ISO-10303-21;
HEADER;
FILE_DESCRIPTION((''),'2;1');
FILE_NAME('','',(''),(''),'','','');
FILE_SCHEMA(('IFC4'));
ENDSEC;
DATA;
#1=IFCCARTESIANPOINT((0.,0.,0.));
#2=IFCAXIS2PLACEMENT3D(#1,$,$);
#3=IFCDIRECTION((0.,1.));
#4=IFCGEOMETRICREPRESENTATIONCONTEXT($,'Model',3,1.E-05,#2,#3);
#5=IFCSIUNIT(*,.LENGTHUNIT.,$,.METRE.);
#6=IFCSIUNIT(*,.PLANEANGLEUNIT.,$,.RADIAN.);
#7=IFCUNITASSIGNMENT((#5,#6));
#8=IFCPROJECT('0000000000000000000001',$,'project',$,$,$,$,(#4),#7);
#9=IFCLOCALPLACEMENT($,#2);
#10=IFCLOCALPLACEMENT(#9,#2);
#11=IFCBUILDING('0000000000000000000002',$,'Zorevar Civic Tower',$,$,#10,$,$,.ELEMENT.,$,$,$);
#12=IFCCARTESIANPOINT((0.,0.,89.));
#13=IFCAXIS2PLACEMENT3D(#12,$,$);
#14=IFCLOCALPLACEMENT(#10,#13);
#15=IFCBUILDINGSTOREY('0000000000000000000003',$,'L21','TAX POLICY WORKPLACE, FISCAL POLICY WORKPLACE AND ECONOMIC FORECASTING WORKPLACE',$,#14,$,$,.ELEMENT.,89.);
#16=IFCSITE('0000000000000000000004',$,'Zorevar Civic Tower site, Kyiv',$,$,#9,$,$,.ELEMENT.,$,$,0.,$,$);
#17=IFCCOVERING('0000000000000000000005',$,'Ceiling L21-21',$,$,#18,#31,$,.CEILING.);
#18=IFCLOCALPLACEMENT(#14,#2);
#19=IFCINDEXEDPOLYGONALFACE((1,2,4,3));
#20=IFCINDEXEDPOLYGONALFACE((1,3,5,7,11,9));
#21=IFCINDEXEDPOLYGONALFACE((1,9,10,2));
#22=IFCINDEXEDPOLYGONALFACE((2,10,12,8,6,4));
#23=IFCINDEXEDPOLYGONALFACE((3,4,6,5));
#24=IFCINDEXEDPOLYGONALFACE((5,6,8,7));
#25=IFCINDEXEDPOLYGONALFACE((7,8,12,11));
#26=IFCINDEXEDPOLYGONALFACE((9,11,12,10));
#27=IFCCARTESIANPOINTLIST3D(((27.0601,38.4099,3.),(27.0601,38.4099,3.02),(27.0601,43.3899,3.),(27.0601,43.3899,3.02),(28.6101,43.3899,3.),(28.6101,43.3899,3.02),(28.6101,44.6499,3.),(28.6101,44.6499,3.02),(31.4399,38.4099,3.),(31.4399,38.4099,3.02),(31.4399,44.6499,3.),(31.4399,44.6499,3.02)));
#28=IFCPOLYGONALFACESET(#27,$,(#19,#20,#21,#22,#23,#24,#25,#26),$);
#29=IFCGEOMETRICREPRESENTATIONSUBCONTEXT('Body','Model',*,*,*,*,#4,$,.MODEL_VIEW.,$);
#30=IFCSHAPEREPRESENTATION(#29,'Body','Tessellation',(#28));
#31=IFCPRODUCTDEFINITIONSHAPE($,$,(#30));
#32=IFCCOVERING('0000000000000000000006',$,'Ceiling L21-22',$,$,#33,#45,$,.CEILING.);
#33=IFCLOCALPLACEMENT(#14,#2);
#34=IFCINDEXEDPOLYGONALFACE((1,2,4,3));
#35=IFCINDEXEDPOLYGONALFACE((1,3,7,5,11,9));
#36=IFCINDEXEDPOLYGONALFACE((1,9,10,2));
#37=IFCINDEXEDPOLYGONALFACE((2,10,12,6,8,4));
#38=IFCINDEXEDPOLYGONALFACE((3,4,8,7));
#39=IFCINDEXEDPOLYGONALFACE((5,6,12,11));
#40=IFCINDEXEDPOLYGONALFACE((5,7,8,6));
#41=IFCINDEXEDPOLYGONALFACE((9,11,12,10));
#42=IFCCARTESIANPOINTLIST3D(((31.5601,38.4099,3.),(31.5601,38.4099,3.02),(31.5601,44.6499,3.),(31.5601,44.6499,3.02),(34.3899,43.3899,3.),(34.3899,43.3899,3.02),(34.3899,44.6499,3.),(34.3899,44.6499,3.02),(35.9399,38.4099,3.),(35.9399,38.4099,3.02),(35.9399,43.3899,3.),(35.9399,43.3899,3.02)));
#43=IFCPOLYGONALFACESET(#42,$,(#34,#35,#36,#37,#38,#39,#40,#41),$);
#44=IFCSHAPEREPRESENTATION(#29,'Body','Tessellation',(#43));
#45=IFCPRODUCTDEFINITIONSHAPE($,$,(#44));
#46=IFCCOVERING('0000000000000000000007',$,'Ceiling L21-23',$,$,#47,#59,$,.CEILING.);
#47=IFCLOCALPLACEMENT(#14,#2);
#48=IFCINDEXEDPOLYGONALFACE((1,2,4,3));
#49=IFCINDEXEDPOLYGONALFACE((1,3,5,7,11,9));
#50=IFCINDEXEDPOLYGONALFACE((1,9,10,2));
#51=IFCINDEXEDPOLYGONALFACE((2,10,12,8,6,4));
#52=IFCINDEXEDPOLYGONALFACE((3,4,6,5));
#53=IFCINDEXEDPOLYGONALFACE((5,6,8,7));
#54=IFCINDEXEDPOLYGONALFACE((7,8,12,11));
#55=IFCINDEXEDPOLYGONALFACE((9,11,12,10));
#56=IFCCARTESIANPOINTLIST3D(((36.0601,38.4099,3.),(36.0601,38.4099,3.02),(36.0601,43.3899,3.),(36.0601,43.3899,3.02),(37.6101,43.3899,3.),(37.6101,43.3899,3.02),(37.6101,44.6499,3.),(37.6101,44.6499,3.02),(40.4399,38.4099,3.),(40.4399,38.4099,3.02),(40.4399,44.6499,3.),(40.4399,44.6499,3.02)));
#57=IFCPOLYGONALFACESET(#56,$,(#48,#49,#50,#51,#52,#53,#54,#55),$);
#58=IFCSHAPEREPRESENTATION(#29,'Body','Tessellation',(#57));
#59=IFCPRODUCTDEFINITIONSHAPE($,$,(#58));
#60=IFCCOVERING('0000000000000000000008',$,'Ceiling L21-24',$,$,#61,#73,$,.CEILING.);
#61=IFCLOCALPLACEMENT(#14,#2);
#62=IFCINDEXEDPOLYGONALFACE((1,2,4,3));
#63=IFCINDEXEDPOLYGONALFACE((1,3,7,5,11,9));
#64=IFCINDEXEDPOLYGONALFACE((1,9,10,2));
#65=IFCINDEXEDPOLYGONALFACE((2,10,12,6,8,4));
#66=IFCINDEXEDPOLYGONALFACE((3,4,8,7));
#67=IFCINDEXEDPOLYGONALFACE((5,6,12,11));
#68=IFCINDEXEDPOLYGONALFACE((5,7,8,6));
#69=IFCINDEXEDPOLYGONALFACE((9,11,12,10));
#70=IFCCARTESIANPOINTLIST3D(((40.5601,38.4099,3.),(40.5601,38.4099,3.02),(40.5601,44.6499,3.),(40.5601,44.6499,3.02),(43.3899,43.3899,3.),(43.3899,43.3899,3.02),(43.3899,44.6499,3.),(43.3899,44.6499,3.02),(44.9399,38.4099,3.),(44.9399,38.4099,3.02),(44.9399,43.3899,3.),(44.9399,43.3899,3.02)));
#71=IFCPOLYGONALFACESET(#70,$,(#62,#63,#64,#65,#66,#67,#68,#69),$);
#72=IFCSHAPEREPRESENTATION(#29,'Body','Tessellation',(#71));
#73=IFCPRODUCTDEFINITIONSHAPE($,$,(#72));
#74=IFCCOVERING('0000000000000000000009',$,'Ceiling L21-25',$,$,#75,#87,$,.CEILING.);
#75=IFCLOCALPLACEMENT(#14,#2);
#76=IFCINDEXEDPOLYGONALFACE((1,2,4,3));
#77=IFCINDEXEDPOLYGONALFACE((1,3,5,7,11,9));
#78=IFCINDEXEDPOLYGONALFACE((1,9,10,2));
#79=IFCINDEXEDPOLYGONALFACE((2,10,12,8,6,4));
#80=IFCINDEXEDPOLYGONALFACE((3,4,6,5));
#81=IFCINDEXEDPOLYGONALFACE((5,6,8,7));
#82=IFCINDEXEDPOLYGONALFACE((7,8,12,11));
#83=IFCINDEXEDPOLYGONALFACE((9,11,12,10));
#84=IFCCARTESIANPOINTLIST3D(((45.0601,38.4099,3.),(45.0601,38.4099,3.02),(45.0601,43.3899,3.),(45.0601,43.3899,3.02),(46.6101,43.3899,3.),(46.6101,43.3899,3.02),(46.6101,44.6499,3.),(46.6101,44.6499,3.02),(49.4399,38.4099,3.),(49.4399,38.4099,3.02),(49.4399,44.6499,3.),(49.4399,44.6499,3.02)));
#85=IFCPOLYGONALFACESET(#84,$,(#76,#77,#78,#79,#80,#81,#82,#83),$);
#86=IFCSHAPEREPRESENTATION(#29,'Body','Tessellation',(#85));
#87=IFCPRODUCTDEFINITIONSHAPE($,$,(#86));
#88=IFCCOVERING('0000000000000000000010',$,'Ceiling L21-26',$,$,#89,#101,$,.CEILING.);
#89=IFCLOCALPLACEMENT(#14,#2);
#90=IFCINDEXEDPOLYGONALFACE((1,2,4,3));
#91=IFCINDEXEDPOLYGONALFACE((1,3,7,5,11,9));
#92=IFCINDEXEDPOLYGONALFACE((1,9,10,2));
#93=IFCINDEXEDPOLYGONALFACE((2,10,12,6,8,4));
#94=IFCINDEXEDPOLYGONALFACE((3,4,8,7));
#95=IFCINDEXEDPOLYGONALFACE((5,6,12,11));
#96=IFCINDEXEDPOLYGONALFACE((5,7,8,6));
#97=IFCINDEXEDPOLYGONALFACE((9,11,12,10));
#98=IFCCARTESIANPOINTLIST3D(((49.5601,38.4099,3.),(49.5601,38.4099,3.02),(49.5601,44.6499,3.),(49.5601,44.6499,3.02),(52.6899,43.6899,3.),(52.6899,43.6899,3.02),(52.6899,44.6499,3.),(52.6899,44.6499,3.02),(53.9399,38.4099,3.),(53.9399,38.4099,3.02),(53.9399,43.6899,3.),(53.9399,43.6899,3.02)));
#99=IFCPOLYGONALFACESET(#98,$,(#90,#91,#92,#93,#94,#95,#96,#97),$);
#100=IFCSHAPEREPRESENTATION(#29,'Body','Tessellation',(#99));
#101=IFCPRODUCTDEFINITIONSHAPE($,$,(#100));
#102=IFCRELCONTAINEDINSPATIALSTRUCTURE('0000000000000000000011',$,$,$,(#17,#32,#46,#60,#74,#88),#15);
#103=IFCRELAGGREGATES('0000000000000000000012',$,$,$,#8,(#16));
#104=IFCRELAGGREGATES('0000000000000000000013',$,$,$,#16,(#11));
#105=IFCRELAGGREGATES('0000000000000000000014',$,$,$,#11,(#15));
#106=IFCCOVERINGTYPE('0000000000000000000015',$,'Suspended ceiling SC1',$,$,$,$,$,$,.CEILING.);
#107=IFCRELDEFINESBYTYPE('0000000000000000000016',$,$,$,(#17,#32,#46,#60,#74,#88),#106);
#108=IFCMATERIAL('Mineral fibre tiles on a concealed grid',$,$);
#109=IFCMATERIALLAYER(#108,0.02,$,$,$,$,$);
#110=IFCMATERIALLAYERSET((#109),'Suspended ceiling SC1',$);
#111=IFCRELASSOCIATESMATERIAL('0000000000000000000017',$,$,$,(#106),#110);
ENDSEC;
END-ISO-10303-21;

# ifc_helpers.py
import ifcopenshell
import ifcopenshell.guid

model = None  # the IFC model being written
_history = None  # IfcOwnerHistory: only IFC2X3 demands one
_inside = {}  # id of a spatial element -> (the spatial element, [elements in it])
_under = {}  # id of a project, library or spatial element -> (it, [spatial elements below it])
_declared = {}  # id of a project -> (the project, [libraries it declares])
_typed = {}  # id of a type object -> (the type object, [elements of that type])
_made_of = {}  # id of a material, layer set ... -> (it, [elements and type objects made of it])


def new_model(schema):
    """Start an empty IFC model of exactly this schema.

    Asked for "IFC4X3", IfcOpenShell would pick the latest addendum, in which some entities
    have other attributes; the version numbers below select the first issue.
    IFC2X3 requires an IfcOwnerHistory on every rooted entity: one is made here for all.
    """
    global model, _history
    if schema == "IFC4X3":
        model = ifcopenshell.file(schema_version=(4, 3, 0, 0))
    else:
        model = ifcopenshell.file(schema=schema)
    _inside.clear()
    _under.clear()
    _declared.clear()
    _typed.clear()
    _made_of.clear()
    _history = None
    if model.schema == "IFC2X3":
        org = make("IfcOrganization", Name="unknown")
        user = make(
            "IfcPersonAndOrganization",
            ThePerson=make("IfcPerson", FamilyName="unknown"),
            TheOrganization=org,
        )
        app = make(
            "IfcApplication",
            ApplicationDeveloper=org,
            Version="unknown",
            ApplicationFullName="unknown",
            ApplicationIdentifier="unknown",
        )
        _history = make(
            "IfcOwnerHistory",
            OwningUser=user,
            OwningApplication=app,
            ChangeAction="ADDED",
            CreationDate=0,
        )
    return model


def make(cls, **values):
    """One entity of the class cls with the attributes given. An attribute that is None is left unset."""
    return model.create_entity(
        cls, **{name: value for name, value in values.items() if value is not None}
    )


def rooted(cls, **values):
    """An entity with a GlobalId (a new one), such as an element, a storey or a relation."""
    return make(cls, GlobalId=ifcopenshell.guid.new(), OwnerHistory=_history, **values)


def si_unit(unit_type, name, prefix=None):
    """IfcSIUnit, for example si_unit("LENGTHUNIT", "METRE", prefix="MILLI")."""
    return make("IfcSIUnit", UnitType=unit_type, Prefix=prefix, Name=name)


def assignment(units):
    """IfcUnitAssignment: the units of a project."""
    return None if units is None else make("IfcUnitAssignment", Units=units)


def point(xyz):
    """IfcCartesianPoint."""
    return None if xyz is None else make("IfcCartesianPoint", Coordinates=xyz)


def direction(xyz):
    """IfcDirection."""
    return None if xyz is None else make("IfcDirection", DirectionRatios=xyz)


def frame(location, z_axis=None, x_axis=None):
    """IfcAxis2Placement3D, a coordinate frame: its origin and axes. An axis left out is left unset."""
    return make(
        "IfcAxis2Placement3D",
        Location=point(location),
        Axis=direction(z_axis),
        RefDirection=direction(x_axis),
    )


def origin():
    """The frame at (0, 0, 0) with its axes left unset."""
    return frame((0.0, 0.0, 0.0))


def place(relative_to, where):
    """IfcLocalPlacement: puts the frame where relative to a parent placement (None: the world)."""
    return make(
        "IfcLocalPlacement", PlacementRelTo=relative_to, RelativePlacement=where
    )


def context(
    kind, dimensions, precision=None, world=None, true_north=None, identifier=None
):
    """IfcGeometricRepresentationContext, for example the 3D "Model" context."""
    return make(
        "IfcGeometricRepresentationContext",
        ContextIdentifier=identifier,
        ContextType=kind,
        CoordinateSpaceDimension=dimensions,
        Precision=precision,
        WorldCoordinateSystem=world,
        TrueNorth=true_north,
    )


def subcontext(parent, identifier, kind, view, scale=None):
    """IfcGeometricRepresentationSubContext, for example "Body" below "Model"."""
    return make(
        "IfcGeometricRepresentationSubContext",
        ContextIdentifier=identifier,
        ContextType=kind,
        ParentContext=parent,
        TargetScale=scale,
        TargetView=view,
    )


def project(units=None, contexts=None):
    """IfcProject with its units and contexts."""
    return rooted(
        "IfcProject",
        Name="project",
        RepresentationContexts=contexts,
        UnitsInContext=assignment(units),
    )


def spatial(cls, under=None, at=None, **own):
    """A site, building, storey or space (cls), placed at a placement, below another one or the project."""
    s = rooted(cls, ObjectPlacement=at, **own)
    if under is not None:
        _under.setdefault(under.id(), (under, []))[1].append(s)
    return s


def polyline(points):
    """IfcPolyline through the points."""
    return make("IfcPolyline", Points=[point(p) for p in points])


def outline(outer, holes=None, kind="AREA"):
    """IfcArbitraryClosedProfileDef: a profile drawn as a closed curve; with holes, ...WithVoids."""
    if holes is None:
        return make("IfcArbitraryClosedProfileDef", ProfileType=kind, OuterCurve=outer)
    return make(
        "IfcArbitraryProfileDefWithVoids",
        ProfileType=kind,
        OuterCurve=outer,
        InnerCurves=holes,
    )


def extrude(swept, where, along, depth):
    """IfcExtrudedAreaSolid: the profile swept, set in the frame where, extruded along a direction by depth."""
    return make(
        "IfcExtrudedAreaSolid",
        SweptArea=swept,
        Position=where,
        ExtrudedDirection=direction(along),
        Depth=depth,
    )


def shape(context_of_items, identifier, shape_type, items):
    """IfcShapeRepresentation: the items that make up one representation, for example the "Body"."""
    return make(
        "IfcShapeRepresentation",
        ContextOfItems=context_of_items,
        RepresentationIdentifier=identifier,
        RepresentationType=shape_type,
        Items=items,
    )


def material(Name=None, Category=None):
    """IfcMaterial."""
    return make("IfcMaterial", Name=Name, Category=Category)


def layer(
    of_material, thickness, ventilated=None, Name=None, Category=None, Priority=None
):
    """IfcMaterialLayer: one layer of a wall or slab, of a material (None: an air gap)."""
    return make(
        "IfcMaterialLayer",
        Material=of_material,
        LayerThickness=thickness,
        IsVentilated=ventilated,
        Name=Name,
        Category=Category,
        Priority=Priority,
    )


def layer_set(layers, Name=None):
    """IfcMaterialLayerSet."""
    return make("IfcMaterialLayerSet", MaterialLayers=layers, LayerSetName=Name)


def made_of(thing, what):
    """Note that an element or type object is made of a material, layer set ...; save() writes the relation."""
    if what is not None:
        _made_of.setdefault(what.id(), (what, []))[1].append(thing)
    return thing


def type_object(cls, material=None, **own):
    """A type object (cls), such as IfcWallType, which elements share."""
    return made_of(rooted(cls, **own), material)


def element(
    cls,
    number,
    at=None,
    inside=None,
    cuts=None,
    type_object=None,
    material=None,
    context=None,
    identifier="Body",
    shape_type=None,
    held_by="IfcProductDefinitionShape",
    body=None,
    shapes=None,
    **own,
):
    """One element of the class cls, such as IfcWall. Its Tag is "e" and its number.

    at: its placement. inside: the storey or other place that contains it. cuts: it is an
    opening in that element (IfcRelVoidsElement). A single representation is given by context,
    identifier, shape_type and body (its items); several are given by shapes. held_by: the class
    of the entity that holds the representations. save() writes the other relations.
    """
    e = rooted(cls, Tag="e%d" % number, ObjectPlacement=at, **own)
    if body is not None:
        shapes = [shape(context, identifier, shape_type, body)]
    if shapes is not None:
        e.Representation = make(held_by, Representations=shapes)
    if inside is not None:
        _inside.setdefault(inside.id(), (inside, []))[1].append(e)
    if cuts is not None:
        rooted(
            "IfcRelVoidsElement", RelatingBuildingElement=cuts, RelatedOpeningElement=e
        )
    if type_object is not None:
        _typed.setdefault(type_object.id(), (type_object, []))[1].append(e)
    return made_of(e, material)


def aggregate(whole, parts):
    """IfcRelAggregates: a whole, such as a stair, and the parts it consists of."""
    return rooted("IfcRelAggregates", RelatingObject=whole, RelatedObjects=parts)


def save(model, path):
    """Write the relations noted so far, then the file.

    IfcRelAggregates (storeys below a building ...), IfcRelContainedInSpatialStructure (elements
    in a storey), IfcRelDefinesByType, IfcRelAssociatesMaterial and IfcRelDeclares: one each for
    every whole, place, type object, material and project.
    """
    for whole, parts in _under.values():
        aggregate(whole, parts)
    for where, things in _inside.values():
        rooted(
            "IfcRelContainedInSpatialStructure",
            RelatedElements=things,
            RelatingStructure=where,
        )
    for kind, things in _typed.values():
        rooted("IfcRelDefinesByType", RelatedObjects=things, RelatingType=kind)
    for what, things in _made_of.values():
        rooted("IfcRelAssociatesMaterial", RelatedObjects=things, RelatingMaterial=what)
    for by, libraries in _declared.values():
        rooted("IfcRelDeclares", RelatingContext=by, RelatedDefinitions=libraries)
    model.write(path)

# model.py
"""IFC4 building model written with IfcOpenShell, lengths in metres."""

from ifc_helpers import new_model, si_unit, direction, frame, origin, place, context, subcontext, project, spatial, polyline, outline, extrude, material, layer, layer_set, type_object, element, save


model = new_model("IFC4")

# Units and contexts
model_context = context("Model", 3, precision=1e-05, world=origin(), true_north=direction((0.0, 1.0)))
body_context = subcontext(model_context, "Body", "Model", "MODEL_VIEW")
ifc_project = project(units=[si_unit("LENGTHUNIT", "METRE"), si_unit("PLANEANGLEUNIT", "RADIAN")], contexts=[model_context])

# Site, building, storey
site_placement = place(None, origin())
site = spatial("IfcSite", under=ifc_project, at=site_placement, Name="Zorevar Civic Tower site, Kyiv", CompositionType="ELEMENT", RefElevation=0.0)
building_placement = place(site_placement, origin())
building = spatial("IfcBuilding", under=site, at=building_placement, Name="Zorevar Civic Tower", CompositionType="ELEMENT")
storey_placement = place(building_placement, frame((0.0, 0.0, 89.0)))
storey = spatial("IfcBuildingStorey", under=building, at=storey_placement, Name="L21", Description="TAX POLICY WORKPLACE, FISCAL POLICY WORKPLACE AND ECONOMIC FORECASTING WORKPLACE", CompositionType="ELEMENT", Elevation=89.0)

# Coverings
ifc_material_1 = material(Name="Mineral fibre tiles on a concealed grid")
ifc_layer_1 = layer(ifc_material_1, 0.02)
ifc_layer_set_1 = layer_set([ifc_layer_1], Name="Suspended ceiling SC1")
covering_type_1 = type_object("IfcCoveringType", Name="Suspended ceiling SC1", PredefinedType="CEILING", material=ifc_layer_set_1)
covering_1_placement = place(storey_placement, frame((0.0, 0.0, 3.0)))
element("IfcCovering", 1, at=covering_1_placement, inside=storey, type_object=covering_type_1, Name="Ceiling L21-21", PredefinedType="CEILING", context=body_context, shape_type="SweptSolid", body=[
    extrude(outline(polyline([(27.0601, 38.4099), (27.0601, 43.3899), (28.6101, 43.3899), (28.6101, 44.6499), (31.4399, 44.6499), (31.4399, 38.4099), (27.0601, 38.4099)])), origin(), (0.0, 0.0, 1.0), 0.02),
])
covering_2_placement = place(storey_placement, frame((0.0, 0.0, 3.0)))
element("IfcCovering", 2, at=covering_2_placement, inside=storey, type_object=covering_type_1, Name="Ceiling L21-22", PredefinedType="CEILING", context=body_context, shape_type="SweptSolid", body=[
    extrude(outline(polyline([(31.5601, 38.4099), (31.5601, 44.6499), (34.3899, 44.6499), (34.3899, 43.3899), (35.9399, 43.3899), (35.9399, 38.4099), (31.5601, 38.4099)])), origin(), (0.0, 0.0, 1.0), 0.02),
])
covering_3_placement = place(storey_placement, frame((0.0, 0.0, 3.0)))
element("IfcCovering", 3, at=covering_3_placement, inside=storey, type_object=covering_type_1, Name="Ceiling L21-23", PredefinedType="CEILING", context=body_context, shape_type="SweptSolid", body=[
    extrude(outline(polyline([(36.0601, 38.4099), (36.0601, 43.3899), (37.6101, 43.3899), (37.6101, 44.6499), (40.4399, 44.6499), (40.4399, 38.4099), (36.0601, 38.4099)])), origin(), (0.0, 0.0, 1.0), 0.02),
])
covering_4_placement = place(storey_placement, frame((0.0, 0.0, 3.0)))
element("IfcCovering", 4, at=covering_4_placement, inside=storey, type_object=covering_type_1, Name="Ceiling L21-24", PredefinedType="CEILING", context=body_context, shape_type="SweptSolid", body=[
    extrude(outline(polyline([(40.5601, 38.4099), (40.5601, 44.6499), (43.3899, 44.6499), (43.3899, 43.3899), (44.9399, 43.3899), (44.9399, 38.4099), (40.5601, 38.4099)])), origin(), (0.0, 0.0, 1.0), 0.02),
])
covering_5_placement = place(storey_placement, frame((0.0, 0.0, 3.0)))
element("IfcCovering", 5, at=covering_5_placement, inside=storey, type_object=covering_type_1, Name="Ceiling L21-25", PredefinedType="CEILING", context=body_context, shape_type="SweptSolid", body=[
    extrude(outline(polyline([(45.0601, 38.4099), (45.0601, 43.3899), (46.6101, 43.3899), (46.6101, 44.6499), (49.4399, 44.6499), (49.4399, 38.4099), (45.0601, 38.4099)])), origin(), (0.0, 0.0, 1.0), 0.02),
])
covering_6_placement = place(storey_placement, frame((0.0, 0.0, 3.0)))
element("IfcCovering", 6, at=covering_6_placement, inside=storey, type_object=covering_type_1, Name="Ceiling L21-26", PredefinedType="CEILING", context=body_context, shape_type="SweptSolid", body=[
    extrude(outline(polyline([(49.5601, 38.4099), (49.5601, 44.6499), (52.6899, 44.6499), (52.6899, 43.6899), (53.9399, 43.6899), (53.9399, 38.4099), (49.5601, 38.4099)])), origin(), (0.0, 0.0, 1.0), 0.02),
])

save(model, "model.ifc")
